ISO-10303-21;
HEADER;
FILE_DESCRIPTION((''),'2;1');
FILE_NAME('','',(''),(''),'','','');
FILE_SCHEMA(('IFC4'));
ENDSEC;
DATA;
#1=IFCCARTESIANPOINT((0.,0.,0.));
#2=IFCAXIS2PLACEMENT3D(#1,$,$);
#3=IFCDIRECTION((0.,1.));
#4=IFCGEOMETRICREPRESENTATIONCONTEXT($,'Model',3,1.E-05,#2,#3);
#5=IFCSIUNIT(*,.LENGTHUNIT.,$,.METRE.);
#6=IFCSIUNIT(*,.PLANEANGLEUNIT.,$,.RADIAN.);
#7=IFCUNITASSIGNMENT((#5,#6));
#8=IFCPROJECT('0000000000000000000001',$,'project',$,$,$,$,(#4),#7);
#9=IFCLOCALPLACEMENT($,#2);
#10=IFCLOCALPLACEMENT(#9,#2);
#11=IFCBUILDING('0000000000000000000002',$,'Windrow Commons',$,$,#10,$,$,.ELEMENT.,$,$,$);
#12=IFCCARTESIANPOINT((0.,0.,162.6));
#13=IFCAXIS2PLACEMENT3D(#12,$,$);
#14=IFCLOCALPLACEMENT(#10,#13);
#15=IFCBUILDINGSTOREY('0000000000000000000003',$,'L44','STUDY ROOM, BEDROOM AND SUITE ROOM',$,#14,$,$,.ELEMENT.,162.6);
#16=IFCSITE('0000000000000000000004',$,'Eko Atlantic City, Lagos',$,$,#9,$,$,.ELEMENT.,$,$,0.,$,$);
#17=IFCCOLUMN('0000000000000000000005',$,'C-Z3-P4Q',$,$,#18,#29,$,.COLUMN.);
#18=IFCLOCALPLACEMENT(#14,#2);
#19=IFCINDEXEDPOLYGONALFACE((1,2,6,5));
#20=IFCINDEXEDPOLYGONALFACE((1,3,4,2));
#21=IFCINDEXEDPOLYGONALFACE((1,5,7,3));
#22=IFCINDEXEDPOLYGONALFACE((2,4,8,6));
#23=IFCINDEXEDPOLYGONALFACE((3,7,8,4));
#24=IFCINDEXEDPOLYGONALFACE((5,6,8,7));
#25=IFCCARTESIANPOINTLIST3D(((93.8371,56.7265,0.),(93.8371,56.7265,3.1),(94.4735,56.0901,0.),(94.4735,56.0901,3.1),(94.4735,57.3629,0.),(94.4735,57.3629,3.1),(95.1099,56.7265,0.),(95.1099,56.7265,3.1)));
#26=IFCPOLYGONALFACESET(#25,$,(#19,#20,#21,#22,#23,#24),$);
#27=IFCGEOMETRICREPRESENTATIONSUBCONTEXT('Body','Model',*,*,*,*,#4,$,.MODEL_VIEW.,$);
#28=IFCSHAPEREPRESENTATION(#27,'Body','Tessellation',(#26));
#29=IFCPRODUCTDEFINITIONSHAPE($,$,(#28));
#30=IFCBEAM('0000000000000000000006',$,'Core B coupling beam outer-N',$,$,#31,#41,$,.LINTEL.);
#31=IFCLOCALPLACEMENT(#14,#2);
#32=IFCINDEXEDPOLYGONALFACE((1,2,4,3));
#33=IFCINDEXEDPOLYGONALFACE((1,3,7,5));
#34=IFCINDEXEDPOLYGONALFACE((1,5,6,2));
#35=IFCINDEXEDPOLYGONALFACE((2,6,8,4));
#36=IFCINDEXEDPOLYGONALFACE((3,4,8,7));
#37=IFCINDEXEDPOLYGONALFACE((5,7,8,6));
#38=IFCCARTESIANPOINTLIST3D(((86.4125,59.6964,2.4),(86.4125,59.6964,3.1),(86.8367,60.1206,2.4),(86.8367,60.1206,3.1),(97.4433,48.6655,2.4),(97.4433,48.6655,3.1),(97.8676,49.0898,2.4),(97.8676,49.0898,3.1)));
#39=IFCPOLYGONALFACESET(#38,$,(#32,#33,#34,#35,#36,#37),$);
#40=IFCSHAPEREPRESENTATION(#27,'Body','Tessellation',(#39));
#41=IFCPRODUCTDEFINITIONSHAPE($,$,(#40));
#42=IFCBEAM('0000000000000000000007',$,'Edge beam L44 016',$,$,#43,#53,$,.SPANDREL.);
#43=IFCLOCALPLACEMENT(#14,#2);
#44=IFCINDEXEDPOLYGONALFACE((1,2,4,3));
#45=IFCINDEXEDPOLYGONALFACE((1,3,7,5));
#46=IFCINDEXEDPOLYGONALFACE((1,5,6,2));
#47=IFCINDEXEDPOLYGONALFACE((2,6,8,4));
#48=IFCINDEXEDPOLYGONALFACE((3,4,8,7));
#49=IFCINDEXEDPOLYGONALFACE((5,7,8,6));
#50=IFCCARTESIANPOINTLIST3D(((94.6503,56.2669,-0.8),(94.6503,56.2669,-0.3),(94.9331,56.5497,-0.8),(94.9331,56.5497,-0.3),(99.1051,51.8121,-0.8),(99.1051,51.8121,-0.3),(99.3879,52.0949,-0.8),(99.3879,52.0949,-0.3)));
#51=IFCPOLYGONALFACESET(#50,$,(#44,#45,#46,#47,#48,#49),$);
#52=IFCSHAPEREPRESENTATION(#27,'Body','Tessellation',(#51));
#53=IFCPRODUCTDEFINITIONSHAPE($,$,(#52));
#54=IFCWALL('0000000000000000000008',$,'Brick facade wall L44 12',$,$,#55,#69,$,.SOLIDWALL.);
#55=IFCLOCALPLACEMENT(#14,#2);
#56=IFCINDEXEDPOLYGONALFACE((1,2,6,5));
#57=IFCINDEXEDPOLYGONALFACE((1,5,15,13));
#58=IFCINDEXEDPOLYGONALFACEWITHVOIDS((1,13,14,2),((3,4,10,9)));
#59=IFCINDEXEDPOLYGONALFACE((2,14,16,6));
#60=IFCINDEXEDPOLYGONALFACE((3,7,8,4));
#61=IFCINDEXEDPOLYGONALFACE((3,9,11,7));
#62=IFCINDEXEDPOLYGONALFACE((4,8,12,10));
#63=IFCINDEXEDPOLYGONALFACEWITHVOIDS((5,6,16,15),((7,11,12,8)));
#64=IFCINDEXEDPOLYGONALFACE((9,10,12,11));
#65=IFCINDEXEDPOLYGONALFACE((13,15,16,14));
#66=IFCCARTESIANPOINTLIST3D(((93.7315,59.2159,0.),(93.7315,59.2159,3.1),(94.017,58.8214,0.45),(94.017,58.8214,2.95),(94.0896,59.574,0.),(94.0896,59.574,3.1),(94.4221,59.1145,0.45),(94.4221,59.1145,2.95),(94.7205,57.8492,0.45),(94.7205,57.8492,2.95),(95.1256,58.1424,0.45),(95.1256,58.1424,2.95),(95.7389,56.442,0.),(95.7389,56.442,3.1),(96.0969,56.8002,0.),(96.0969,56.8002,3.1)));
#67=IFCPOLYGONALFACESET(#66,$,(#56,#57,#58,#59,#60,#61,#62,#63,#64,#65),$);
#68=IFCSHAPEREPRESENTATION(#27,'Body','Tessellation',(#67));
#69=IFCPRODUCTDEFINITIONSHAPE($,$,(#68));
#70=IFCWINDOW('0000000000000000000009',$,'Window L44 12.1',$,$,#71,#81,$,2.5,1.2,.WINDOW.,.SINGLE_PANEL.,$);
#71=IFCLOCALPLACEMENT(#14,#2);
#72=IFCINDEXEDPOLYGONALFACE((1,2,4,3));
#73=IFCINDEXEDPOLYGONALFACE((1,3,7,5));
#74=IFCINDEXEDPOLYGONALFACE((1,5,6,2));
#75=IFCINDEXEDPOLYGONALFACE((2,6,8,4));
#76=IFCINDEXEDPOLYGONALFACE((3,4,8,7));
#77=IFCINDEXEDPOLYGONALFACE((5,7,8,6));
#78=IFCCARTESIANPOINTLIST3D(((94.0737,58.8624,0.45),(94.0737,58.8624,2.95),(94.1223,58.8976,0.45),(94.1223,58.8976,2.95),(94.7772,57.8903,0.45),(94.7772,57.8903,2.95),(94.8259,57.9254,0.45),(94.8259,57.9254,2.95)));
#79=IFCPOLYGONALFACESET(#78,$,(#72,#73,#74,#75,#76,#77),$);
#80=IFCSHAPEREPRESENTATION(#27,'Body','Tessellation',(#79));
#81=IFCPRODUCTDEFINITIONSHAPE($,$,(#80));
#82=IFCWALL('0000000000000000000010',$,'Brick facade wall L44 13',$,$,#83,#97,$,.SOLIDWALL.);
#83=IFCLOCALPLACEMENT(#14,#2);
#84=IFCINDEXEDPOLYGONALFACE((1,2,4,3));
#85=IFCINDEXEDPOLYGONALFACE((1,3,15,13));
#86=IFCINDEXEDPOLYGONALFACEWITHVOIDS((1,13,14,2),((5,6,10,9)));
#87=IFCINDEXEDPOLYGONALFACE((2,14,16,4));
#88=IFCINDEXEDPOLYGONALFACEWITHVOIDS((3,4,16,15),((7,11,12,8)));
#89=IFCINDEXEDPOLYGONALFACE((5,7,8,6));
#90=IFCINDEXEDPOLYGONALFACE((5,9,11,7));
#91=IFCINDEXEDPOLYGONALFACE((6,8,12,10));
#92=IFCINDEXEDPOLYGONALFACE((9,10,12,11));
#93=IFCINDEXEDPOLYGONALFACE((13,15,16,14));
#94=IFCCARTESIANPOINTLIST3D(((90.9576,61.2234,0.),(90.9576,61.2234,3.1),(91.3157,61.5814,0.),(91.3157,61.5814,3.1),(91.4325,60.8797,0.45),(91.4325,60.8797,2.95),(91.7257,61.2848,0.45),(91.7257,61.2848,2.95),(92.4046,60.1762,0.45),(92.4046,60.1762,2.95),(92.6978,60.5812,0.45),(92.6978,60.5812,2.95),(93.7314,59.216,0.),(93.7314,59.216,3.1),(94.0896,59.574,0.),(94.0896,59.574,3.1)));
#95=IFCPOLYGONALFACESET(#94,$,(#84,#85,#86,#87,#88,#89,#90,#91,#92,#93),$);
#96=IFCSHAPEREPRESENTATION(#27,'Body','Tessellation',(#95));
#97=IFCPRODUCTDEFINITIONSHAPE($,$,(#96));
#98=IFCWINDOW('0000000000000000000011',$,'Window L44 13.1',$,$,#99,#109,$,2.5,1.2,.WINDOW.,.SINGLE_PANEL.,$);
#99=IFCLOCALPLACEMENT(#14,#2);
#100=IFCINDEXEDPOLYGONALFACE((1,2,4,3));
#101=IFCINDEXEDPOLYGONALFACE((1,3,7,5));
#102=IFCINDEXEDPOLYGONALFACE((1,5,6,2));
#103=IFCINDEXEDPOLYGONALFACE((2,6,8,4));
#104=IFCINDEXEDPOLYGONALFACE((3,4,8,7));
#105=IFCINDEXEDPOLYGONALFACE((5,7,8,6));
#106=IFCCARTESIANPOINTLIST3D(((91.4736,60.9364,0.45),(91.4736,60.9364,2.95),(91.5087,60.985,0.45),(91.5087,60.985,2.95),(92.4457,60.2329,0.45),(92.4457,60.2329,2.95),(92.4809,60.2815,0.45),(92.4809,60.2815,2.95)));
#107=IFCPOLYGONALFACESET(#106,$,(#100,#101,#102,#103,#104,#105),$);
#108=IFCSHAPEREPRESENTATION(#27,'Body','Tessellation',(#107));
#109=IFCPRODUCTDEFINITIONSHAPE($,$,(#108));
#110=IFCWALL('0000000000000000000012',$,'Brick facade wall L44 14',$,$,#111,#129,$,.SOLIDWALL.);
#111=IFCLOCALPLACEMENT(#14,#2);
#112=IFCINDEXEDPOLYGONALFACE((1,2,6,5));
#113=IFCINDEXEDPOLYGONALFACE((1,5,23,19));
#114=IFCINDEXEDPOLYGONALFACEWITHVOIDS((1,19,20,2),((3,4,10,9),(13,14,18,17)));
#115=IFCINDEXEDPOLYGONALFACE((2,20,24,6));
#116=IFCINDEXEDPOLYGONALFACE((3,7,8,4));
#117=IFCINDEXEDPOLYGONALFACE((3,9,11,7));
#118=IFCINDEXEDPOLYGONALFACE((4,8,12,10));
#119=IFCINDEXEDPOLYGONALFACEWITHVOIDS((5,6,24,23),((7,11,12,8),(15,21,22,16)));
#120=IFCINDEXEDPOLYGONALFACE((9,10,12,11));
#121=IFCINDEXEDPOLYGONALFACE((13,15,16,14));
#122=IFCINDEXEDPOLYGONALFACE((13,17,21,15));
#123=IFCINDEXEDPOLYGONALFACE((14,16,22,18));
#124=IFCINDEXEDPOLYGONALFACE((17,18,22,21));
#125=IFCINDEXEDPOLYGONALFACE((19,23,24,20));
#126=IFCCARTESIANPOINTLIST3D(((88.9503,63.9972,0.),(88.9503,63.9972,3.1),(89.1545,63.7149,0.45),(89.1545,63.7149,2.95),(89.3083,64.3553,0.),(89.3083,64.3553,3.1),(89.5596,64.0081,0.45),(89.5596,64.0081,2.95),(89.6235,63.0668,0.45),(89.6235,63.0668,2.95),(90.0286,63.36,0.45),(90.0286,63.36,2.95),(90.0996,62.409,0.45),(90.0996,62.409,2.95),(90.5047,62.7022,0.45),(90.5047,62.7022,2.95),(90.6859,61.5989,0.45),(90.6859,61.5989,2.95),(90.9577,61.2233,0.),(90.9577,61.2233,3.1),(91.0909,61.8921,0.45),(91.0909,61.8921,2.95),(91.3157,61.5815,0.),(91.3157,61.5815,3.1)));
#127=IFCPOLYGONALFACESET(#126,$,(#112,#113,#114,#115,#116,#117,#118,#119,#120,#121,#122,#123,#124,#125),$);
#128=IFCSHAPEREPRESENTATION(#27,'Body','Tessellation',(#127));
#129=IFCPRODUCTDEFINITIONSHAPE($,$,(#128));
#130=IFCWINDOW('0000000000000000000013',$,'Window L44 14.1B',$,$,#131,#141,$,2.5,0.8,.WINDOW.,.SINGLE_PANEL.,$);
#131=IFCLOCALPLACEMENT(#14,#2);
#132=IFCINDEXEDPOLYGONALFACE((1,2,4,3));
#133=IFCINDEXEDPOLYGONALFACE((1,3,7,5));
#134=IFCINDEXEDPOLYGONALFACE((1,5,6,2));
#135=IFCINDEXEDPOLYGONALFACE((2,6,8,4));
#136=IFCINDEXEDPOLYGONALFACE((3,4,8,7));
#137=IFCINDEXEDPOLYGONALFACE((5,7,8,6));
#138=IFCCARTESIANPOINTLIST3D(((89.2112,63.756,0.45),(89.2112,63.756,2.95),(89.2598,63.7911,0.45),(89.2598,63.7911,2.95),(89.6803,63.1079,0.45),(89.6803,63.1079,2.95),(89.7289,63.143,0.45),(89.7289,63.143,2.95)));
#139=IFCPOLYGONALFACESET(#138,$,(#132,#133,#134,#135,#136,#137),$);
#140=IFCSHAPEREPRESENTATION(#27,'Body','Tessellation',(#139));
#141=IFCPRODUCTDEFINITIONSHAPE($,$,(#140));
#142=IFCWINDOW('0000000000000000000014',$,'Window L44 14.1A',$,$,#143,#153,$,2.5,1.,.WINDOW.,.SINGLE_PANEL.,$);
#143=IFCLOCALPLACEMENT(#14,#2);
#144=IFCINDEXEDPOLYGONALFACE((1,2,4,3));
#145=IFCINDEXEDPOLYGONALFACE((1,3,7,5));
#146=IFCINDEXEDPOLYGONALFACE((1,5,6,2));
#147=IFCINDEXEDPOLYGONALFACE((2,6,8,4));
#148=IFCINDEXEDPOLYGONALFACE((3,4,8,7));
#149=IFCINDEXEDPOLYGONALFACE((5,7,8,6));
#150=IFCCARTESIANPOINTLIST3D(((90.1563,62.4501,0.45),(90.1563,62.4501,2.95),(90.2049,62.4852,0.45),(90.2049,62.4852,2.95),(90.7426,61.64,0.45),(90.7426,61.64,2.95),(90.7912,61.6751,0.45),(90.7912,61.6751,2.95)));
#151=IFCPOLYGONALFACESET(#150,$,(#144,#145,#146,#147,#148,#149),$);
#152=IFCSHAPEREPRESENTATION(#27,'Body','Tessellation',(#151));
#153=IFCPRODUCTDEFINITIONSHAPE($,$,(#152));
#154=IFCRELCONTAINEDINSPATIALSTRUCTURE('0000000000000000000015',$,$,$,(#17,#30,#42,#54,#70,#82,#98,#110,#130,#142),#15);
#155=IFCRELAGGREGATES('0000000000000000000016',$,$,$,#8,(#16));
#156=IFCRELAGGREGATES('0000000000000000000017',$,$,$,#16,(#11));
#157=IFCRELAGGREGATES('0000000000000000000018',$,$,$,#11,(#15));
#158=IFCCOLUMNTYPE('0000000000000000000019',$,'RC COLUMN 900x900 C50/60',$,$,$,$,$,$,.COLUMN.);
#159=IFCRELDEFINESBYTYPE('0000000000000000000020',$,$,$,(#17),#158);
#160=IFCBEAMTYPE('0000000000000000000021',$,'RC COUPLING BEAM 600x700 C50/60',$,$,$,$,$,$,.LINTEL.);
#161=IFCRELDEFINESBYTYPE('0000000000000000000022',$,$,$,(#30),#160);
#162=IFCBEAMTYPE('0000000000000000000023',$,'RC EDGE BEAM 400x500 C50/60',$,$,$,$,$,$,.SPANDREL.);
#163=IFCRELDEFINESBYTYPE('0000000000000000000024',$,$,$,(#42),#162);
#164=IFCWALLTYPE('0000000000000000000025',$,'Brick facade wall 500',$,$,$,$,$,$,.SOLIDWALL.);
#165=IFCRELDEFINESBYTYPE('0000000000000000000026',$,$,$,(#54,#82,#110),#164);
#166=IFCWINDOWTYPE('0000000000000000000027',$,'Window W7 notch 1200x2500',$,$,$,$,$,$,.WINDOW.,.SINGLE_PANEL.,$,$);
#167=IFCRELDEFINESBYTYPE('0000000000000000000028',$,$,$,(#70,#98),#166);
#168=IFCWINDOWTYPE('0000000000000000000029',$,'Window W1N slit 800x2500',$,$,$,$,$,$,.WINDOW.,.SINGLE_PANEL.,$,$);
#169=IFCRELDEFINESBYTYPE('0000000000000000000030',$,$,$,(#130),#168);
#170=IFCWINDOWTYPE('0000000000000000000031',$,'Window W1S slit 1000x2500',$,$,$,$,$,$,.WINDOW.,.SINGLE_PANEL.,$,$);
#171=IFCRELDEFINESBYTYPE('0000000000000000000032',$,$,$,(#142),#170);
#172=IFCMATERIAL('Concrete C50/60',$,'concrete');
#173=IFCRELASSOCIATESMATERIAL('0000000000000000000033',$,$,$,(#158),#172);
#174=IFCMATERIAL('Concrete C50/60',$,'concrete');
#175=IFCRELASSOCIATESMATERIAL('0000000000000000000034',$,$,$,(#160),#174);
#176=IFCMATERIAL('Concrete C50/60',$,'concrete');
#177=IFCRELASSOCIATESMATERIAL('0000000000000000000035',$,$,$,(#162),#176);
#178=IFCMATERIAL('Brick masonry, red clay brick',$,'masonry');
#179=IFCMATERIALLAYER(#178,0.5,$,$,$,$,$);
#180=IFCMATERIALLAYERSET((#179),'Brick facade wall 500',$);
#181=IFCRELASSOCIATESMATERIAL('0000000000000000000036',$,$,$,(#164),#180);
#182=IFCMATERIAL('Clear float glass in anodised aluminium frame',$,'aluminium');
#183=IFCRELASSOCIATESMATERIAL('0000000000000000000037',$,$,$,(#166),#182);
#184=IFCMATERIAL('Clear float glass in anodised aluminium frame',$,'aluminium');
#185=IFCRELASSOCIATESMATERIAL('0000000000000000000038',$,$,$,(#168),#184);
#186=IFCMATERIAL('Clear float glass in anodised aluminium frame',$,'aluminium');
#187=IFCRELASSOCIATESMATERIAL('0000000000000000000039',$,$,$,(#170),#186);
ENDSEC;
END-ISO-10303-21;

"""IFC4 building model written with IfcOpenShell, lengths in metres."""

from ifc_helpers import new_model, si_unit, direction, frame, frame_2d, origin, origin_2d, place, context, subcontext, project, spatial, polyline, rectangle, outline, extrude, material, layer, layer_set, material_profile, profile_set, type_object, element, fill, save


model = new_model("IFC4")

# Units and contexts
model_context = context("Model", 3, precision=1e-05, world=origin(), true_north=direction((0.0, 1.0)))
body_context = subcontext(model_context, "Body", "Model", "MODEL_VIEW")
ifc_project = project(units=[si_unit("LENGTHUNIT", "METRE"), si_unit("PLANEANGLEUNIT", "RADIAN")], contexts=[model_context])

# Site, building, storey
site_placement = place(None, origin())
site = spatial("IfcSite", under=ifc_project, at=site_placement, Name="Eko Atlantic City, Lagos", CompositionType="ELEMENT", RefElevation=0.0)
building_placement = place(site_placement, origin())
building = spatial("IfcBuilding", under=site, at=building_placement, Name="Windrow Commons", CompositionType="ELEMENT")
storey_placement = place(building_placement, frame((0.0, 0.0, 162.6)))
storey = spatial("IfcBuildingStorey", under=building, at=storey_placement, Name="L44", Description="STUDY ROOM, BEDROOM AND SUITE ROOM", CompositionType="ELEMENT", Elevation=162.6)

# Column
ifc_material_1 = material(Name="Concrete C50/60", Category="concrete")
ifc_material_profile_1 = material_profile(ifc_material_1, rectangle(XDim=0.9, YDim=0.9, at=origin_2d()))
ifc_profile_set_1 = profile_set([ifc_material_profile_1], Name="Concrete C50/60")
column_type = type_object("IfcColumnType", Name="RC COLUMN 900x900 C50/60", PredefinedType="COLUMN", material=ifc_profile_set_1)
column_placement = place(storey_placement, frame((94.4735, 56.7265, 0.0), z_axis=(0.0, 0.0, 1.0), x_axis=(0.707107, -0.707107, 0.0)))
element("IfcColumn", 1, at=column_placement, inside=storey, type_object=column_type, Name="C-Z3-P4Q", PredefinedType="COLUMN", context=body_context, shape_type="SweptSolid", body=[
    extrude(rectangle(XDim=0.9, YDim=0.9, at=origin_2d()), origin(), (0.0, 0.0, 1.0), 3.1),
])

# Beams
ifc_material_2 = material(Name="Concrete C50/60", Category="concrete")
ifc_material_profile_2 = material_profile(ifc_material_2, rectangle(XDim=0.6, YDim=0.7, at=origin_2d()))
ifc_profile_set_2 = profile_set([ifc_material_profile_2], Name="Concrete C50/60")
beam_type_1 = type_object("IfcBeamType", Name="RC COUPLING BEAM 600x700 C50/60", PredefinedType="LINTEL", material=ifc_profile_set_2)
beam_1_placement = place(storey_placement, frame((86.6246, 59.9085, 2.75), z_axis=(0.707107, -0.707107, 0.0), x_axis=(0.707107, 0.707107, 0.0)))
element("IfcBeam", 2, at=beam_1_placement, inside=storey, type_object=beam_type_1, Name="Core B coupling beam outer-N", PredefinedType="LINTEL", context=body_context, shape_type="SweptSolid", body=[
    extrude(rectangle(XDim=0.6, YDim=0.7, at=origin_2d()), origin(), (0.0, 0.0, 1.0), 15.6),
])
ifc_material_3 = material(Name="Concrete C50/60", Category="concrete")
ifc_material_profile_3 = material_profile(ifc_material_3, rectangle(XDim=0.4, YDim=0.5, at=origin_2d()))
ifc_profile_set_3 = profile_set([ifc_material_profile_3], Name="Concrete C50/60")
beam_type_2 = type_object("IfcBeamType", Name="RC EDGE BEAM 400x500 C50/60", PredefinedType="SPANDREL", material=ifc_profile_set_3)
beam_2_placement = place(storey_placement, frame((94.7917, 56.4083, -0.55), z_axis=(0.707107, -0.707107, 0.0), x_axis=(0.707107, 0.707107, 0.0)))
element("IfcBeam", 3, at=beam_2_placement, inside=storey, type_object=beam_type_2, Name="Edge beam L44 016", PredefinedType="SPANDREL", context=body_context, shape_type="SweptSolid", body=[
    extrude(rectangle(XDim=0.4, YDim=0.5, at=origin_2d()), origin(), (0.0, 0.0, 1.0), 6.3),
])

# Walls, openings, windows
ifc_material_4 = material(Name="Brick masonry, red clay brick", Category="masonry")
ifc_layer_1 = layer(ifc_material_4, 0.5)
ifc_layer_set_1 = layer_set([ifc_layer_1], Name="Brick facade wall 500")
wall_type_1 = type_object("IfcWallType", Name="Brick facade wall 500", PredefinedType="SOLIDWALL", material=ifc_layer_set_1)
wall_1_placement = place(storey_placement, frame((95.9179, 56.6211, 0.0), z_axis=(0.0, 0.0, 1.0), x_axis=(-0.586263, 0.810121, 0.0)))
wall_1 = element("IfcWall", 4, at=wall_1_placement, inside=storey, type_object=wall_type_1, Name="Brick facade wall L44 12", PredefinedType="SOLIDWALL", context=body_context, shape_type="SweptSolid", body=[
    extrude(outline(polyline([(0.0401, -0.25), (3.4641, -0.25), (3.3839, 0.25), (-0.0401, 0.25), (0.0401, -0.25)])), origin(), (0.0, 0.0, 1.0), 3.1),
])
opening_1_placement = place(wall_1_placement, frame((1.6969, 0.0, 0.45)))
opening_1 = element("IfcOpeningElement", 5, at=opening_1_placement, cuts=wall_1, PredefinedType="OPENING", context=body_context, shape_type="SweptSolid", body=[
    extrude(rectangle(XDim=1.2, YDim=2.5, at=frame_2d((0.6, 1.25))), frame((0.0, 0.26, 0.0), z_axis=(0.0, -1.0, 0.0), x_axis=(1.0, 0.0, 0.0)), (0.0, 0.0, 1.0), 0.52),
])
ifc_material_5 = material(Name="Clear float glass in anodised aluminium frame", Category="aluminium")
window_type_1 = type_object("IfcWindowType", Name="Window W7 notch 1200x2500", PartitioningType="SINGLE_PANEL", PredefinedType="WINDOW", material=ifc_material_5)
window_1_placement = place(opening_1_placement, origin())
window_1 = element("IfcWindow", 6, at=window_1_placement, inside=storey, type_object=window_type_1, Name="Window L44 12.1", OverallHeight=2.5, OverallWidth=1.2, PartitioningType="SINGLE_PANEL", PredefinedType="WINDOW", context=body_context, shape_type="SweptSolid", body=[
    extrude(rectangle(XDim=1.2, YDim=2.5, at=frame_2d((0.6, 1.25))), frame((0.0, 0.18, 0.0), z_axis=(0.0, -1.0, 0.0), x_axis=(1.0, 0.0, 0.0)), (0.0, 0.0, 1.0), 0.06),
])
fill(opening_1, window_1)
wall_2_placement = place(storey_placement, frame((93.9105, 59.395, 0.0), z_axis=(0.0, 0.0, 1.0), x_axis=(-0.81011, 0.586277, 0.0)))
wall_2 = element("IfcWall", 7, at=wall_2_placement, inside=storey, type_object=wall_type_1, Name="Brick facade wall L44 13", PredefinedType="SOLIDWALL", context=body_context, shape_type="SweptSolid", body=[
    extrude(outline(polyline([(-0.0401, -0.25), (3.3839, -0.25), (3.4641, 0.25), (0.0401, 0.25), (-0.0401, -0.25)])), origin(), (0.0, 0.0, 1.0), 3.1),
])
opening_2_placement = place(wall_2_placement, frame((1.6779, 0.0, 0.45)))
opening_2 = element("IfcOpeningElement", 8, at=opening_2_placement, cuts=wall_2, PredefinedType="OPENING", context=body_context, shape_type="SweptSolid", body=[
    extrude(rectangle(XDim=1.2, YDim=2.5, at=frame_2d((0.6, 1.25))), frame((0.0, 0.26, 0.0), z_axis=(0.0, -1.0, 0.0), x_axis=(1.0, 0.0, 0.0)), (0.0, 0.0, 1.0), 0.52),
])
window_2_placement = place(opening_2_placement, origin())
window_2 = element("IfcWindow", 9, at=window_2_placement, inside=storey, type_object=window_type_1, Name="Window L44 13.1", OverallHeight=2.5, OverallWidth=1.2, PartitioningType="SINGLE_PANEL", PredefinedType="WINDOW", context=body_context, shape_type="SweptSolid", body=[
    extrude(rectangle(XDim=1.2, YDim=2.5, at=frame_2d((0.6, 1.25))), frame((0.0, 0.18, 0.0), z_axis=(0.0, -1.0, 0.0), x_axis=(1.0, 0.0, 0.0)), (0.0, 0.0, 1.0), 0.06),
])
fill(opening_2, window_2)

# Wall, openings, windows
wall_3_placement = place(storey_placement, frame((91.1367, 61.4024, 0.0), z_axis=(0.0, 0.0, 1.0), x_axis=(-0.586277, 0.81011, 0.0)))
wall_3 = element("IfcWall", 10, at=wall_3_placement, inside=storey, type_object=wall_type_1, Name="Brick facade wall L44 14", PredefinedType="SOLIDWALL", context=body_context, shape_type="SweptSolid", body=[
    extrude(outline(polyline([(0.0401, -0.25), (3.4641, -0.25), (3.3839, 0.25), (-0.0401, 0.25), (0.0401, -0.25)])), origin(), (0.0, 0.0, 1.0), 3.1),
])
opening_3_placement = place(wall_3_placement, frame((0.4235, 0.0, 0.45)))
opening_3 = element("IfcOpeningElement", 11, at=opening_3_placement, cuts=wall_3, PredefinedType="OPENING", context=body_context, shape_type="SweptSolid", body=[
    extrude(rectangle(XDim=1.0, YDim=2.5, at=frame_2d((0.5, 1.25))), frame((0.0, 0.26, 0.0), z_axis=(0.0, -1.0, 0.0), x_axis=(1.0, 0.0, 0.0)), (0.0, 0.0, 1.0), 0.52),
])
opening_4_placement = place(wall_3_placement, frame((2.2355, 0.0, 0.45)))
opening_4 = element("IfcOpeningElement", 12, at=opening_4_placement, cuts=wall_3, PredefinedType="OPENING", context=body_context, shape_type="SweptSolid", body=[
    extrude(rectangle(XDim=0.8, YDim=2.5, at=frame_2d((0.4, 1.25))), frame((0.0, 0.26, 0.0), z_axis=(0.0, -1.0, 0.0), x_axis=(1.0, 0.0, 0.0)), (0.0, 0.0, 1.0), 0.52),
])
ifc_material_6 = material(Name="Clear float glass in anodised aluminium frame", Category="aluminium")
window_type_2 = type_object("IfcWindowType", Name="Window W1N slit 800x2500", PartitioningType="SINGLE_PANEL", PredefinedType="WINDOW", material=ifc_material_6)
window_3_placement = place(opening_4_placement, origin())
window_3 = element("IfcWindow", 13, at=window_3_placement, inside=storey, type_object=window_type_2, Name="Window L44 14.1B", OverallHeight=2.5, OverallWidth=0.8, PartitioningType="SINGLE_PANEL", PredefinedType="WINDOW", context=body_context, shape_type="SweptSolid", body=[
    extrude(rectangle(XDim=0.8, YDim=2.5, at=frame_2d((0.4, 1.25))), frame((0.0, 0.18, 0.0), z_axis=(0.0, -1.0, 0.0), x_axis=(1.0, 0.0, 0.0)), (0.0, 0.0, 1.0), 0.06),
])
fill(opening_4, window_3)
ifc_material_7 = material(Name="Clear float glass in anodised aluminium frame", Category="aluminium")
window_type_3 = type_object("IfcWindowType", Name="Window W1S slit 1000x2500", PartitioningType="SINGLE_PANEL", PredefinedType="WINDOW", material=ifc_material_7)
window_4_placement = place(opening_3_placement, origin())
window_4 = element("IfcWindow", 14, at=window_4_placement, inside=storey, type_object=window_type_3, Name="Window L44 14.1A", OverallHeight=2.5, OverallWidth=1.0, PartitioningType="SINGLE_PANEL", PredefinedType="WINDOW", context=body_context, shape_type="SweptSolid", body=[
    extrude(rectangle(XDim=1.0, YDim=2.5, at=frame_2d((0.5, 1.25))), frame((0.0, 0.18, 0.0), z_axis=(0.0, -1.0, 0.0), x_axis=(1.0, 0.0, 0.0)), (0.0, 0.0, 1.0), 0.06),
])
fill(opening_3, window_4)

save(model, "model.ifc")
